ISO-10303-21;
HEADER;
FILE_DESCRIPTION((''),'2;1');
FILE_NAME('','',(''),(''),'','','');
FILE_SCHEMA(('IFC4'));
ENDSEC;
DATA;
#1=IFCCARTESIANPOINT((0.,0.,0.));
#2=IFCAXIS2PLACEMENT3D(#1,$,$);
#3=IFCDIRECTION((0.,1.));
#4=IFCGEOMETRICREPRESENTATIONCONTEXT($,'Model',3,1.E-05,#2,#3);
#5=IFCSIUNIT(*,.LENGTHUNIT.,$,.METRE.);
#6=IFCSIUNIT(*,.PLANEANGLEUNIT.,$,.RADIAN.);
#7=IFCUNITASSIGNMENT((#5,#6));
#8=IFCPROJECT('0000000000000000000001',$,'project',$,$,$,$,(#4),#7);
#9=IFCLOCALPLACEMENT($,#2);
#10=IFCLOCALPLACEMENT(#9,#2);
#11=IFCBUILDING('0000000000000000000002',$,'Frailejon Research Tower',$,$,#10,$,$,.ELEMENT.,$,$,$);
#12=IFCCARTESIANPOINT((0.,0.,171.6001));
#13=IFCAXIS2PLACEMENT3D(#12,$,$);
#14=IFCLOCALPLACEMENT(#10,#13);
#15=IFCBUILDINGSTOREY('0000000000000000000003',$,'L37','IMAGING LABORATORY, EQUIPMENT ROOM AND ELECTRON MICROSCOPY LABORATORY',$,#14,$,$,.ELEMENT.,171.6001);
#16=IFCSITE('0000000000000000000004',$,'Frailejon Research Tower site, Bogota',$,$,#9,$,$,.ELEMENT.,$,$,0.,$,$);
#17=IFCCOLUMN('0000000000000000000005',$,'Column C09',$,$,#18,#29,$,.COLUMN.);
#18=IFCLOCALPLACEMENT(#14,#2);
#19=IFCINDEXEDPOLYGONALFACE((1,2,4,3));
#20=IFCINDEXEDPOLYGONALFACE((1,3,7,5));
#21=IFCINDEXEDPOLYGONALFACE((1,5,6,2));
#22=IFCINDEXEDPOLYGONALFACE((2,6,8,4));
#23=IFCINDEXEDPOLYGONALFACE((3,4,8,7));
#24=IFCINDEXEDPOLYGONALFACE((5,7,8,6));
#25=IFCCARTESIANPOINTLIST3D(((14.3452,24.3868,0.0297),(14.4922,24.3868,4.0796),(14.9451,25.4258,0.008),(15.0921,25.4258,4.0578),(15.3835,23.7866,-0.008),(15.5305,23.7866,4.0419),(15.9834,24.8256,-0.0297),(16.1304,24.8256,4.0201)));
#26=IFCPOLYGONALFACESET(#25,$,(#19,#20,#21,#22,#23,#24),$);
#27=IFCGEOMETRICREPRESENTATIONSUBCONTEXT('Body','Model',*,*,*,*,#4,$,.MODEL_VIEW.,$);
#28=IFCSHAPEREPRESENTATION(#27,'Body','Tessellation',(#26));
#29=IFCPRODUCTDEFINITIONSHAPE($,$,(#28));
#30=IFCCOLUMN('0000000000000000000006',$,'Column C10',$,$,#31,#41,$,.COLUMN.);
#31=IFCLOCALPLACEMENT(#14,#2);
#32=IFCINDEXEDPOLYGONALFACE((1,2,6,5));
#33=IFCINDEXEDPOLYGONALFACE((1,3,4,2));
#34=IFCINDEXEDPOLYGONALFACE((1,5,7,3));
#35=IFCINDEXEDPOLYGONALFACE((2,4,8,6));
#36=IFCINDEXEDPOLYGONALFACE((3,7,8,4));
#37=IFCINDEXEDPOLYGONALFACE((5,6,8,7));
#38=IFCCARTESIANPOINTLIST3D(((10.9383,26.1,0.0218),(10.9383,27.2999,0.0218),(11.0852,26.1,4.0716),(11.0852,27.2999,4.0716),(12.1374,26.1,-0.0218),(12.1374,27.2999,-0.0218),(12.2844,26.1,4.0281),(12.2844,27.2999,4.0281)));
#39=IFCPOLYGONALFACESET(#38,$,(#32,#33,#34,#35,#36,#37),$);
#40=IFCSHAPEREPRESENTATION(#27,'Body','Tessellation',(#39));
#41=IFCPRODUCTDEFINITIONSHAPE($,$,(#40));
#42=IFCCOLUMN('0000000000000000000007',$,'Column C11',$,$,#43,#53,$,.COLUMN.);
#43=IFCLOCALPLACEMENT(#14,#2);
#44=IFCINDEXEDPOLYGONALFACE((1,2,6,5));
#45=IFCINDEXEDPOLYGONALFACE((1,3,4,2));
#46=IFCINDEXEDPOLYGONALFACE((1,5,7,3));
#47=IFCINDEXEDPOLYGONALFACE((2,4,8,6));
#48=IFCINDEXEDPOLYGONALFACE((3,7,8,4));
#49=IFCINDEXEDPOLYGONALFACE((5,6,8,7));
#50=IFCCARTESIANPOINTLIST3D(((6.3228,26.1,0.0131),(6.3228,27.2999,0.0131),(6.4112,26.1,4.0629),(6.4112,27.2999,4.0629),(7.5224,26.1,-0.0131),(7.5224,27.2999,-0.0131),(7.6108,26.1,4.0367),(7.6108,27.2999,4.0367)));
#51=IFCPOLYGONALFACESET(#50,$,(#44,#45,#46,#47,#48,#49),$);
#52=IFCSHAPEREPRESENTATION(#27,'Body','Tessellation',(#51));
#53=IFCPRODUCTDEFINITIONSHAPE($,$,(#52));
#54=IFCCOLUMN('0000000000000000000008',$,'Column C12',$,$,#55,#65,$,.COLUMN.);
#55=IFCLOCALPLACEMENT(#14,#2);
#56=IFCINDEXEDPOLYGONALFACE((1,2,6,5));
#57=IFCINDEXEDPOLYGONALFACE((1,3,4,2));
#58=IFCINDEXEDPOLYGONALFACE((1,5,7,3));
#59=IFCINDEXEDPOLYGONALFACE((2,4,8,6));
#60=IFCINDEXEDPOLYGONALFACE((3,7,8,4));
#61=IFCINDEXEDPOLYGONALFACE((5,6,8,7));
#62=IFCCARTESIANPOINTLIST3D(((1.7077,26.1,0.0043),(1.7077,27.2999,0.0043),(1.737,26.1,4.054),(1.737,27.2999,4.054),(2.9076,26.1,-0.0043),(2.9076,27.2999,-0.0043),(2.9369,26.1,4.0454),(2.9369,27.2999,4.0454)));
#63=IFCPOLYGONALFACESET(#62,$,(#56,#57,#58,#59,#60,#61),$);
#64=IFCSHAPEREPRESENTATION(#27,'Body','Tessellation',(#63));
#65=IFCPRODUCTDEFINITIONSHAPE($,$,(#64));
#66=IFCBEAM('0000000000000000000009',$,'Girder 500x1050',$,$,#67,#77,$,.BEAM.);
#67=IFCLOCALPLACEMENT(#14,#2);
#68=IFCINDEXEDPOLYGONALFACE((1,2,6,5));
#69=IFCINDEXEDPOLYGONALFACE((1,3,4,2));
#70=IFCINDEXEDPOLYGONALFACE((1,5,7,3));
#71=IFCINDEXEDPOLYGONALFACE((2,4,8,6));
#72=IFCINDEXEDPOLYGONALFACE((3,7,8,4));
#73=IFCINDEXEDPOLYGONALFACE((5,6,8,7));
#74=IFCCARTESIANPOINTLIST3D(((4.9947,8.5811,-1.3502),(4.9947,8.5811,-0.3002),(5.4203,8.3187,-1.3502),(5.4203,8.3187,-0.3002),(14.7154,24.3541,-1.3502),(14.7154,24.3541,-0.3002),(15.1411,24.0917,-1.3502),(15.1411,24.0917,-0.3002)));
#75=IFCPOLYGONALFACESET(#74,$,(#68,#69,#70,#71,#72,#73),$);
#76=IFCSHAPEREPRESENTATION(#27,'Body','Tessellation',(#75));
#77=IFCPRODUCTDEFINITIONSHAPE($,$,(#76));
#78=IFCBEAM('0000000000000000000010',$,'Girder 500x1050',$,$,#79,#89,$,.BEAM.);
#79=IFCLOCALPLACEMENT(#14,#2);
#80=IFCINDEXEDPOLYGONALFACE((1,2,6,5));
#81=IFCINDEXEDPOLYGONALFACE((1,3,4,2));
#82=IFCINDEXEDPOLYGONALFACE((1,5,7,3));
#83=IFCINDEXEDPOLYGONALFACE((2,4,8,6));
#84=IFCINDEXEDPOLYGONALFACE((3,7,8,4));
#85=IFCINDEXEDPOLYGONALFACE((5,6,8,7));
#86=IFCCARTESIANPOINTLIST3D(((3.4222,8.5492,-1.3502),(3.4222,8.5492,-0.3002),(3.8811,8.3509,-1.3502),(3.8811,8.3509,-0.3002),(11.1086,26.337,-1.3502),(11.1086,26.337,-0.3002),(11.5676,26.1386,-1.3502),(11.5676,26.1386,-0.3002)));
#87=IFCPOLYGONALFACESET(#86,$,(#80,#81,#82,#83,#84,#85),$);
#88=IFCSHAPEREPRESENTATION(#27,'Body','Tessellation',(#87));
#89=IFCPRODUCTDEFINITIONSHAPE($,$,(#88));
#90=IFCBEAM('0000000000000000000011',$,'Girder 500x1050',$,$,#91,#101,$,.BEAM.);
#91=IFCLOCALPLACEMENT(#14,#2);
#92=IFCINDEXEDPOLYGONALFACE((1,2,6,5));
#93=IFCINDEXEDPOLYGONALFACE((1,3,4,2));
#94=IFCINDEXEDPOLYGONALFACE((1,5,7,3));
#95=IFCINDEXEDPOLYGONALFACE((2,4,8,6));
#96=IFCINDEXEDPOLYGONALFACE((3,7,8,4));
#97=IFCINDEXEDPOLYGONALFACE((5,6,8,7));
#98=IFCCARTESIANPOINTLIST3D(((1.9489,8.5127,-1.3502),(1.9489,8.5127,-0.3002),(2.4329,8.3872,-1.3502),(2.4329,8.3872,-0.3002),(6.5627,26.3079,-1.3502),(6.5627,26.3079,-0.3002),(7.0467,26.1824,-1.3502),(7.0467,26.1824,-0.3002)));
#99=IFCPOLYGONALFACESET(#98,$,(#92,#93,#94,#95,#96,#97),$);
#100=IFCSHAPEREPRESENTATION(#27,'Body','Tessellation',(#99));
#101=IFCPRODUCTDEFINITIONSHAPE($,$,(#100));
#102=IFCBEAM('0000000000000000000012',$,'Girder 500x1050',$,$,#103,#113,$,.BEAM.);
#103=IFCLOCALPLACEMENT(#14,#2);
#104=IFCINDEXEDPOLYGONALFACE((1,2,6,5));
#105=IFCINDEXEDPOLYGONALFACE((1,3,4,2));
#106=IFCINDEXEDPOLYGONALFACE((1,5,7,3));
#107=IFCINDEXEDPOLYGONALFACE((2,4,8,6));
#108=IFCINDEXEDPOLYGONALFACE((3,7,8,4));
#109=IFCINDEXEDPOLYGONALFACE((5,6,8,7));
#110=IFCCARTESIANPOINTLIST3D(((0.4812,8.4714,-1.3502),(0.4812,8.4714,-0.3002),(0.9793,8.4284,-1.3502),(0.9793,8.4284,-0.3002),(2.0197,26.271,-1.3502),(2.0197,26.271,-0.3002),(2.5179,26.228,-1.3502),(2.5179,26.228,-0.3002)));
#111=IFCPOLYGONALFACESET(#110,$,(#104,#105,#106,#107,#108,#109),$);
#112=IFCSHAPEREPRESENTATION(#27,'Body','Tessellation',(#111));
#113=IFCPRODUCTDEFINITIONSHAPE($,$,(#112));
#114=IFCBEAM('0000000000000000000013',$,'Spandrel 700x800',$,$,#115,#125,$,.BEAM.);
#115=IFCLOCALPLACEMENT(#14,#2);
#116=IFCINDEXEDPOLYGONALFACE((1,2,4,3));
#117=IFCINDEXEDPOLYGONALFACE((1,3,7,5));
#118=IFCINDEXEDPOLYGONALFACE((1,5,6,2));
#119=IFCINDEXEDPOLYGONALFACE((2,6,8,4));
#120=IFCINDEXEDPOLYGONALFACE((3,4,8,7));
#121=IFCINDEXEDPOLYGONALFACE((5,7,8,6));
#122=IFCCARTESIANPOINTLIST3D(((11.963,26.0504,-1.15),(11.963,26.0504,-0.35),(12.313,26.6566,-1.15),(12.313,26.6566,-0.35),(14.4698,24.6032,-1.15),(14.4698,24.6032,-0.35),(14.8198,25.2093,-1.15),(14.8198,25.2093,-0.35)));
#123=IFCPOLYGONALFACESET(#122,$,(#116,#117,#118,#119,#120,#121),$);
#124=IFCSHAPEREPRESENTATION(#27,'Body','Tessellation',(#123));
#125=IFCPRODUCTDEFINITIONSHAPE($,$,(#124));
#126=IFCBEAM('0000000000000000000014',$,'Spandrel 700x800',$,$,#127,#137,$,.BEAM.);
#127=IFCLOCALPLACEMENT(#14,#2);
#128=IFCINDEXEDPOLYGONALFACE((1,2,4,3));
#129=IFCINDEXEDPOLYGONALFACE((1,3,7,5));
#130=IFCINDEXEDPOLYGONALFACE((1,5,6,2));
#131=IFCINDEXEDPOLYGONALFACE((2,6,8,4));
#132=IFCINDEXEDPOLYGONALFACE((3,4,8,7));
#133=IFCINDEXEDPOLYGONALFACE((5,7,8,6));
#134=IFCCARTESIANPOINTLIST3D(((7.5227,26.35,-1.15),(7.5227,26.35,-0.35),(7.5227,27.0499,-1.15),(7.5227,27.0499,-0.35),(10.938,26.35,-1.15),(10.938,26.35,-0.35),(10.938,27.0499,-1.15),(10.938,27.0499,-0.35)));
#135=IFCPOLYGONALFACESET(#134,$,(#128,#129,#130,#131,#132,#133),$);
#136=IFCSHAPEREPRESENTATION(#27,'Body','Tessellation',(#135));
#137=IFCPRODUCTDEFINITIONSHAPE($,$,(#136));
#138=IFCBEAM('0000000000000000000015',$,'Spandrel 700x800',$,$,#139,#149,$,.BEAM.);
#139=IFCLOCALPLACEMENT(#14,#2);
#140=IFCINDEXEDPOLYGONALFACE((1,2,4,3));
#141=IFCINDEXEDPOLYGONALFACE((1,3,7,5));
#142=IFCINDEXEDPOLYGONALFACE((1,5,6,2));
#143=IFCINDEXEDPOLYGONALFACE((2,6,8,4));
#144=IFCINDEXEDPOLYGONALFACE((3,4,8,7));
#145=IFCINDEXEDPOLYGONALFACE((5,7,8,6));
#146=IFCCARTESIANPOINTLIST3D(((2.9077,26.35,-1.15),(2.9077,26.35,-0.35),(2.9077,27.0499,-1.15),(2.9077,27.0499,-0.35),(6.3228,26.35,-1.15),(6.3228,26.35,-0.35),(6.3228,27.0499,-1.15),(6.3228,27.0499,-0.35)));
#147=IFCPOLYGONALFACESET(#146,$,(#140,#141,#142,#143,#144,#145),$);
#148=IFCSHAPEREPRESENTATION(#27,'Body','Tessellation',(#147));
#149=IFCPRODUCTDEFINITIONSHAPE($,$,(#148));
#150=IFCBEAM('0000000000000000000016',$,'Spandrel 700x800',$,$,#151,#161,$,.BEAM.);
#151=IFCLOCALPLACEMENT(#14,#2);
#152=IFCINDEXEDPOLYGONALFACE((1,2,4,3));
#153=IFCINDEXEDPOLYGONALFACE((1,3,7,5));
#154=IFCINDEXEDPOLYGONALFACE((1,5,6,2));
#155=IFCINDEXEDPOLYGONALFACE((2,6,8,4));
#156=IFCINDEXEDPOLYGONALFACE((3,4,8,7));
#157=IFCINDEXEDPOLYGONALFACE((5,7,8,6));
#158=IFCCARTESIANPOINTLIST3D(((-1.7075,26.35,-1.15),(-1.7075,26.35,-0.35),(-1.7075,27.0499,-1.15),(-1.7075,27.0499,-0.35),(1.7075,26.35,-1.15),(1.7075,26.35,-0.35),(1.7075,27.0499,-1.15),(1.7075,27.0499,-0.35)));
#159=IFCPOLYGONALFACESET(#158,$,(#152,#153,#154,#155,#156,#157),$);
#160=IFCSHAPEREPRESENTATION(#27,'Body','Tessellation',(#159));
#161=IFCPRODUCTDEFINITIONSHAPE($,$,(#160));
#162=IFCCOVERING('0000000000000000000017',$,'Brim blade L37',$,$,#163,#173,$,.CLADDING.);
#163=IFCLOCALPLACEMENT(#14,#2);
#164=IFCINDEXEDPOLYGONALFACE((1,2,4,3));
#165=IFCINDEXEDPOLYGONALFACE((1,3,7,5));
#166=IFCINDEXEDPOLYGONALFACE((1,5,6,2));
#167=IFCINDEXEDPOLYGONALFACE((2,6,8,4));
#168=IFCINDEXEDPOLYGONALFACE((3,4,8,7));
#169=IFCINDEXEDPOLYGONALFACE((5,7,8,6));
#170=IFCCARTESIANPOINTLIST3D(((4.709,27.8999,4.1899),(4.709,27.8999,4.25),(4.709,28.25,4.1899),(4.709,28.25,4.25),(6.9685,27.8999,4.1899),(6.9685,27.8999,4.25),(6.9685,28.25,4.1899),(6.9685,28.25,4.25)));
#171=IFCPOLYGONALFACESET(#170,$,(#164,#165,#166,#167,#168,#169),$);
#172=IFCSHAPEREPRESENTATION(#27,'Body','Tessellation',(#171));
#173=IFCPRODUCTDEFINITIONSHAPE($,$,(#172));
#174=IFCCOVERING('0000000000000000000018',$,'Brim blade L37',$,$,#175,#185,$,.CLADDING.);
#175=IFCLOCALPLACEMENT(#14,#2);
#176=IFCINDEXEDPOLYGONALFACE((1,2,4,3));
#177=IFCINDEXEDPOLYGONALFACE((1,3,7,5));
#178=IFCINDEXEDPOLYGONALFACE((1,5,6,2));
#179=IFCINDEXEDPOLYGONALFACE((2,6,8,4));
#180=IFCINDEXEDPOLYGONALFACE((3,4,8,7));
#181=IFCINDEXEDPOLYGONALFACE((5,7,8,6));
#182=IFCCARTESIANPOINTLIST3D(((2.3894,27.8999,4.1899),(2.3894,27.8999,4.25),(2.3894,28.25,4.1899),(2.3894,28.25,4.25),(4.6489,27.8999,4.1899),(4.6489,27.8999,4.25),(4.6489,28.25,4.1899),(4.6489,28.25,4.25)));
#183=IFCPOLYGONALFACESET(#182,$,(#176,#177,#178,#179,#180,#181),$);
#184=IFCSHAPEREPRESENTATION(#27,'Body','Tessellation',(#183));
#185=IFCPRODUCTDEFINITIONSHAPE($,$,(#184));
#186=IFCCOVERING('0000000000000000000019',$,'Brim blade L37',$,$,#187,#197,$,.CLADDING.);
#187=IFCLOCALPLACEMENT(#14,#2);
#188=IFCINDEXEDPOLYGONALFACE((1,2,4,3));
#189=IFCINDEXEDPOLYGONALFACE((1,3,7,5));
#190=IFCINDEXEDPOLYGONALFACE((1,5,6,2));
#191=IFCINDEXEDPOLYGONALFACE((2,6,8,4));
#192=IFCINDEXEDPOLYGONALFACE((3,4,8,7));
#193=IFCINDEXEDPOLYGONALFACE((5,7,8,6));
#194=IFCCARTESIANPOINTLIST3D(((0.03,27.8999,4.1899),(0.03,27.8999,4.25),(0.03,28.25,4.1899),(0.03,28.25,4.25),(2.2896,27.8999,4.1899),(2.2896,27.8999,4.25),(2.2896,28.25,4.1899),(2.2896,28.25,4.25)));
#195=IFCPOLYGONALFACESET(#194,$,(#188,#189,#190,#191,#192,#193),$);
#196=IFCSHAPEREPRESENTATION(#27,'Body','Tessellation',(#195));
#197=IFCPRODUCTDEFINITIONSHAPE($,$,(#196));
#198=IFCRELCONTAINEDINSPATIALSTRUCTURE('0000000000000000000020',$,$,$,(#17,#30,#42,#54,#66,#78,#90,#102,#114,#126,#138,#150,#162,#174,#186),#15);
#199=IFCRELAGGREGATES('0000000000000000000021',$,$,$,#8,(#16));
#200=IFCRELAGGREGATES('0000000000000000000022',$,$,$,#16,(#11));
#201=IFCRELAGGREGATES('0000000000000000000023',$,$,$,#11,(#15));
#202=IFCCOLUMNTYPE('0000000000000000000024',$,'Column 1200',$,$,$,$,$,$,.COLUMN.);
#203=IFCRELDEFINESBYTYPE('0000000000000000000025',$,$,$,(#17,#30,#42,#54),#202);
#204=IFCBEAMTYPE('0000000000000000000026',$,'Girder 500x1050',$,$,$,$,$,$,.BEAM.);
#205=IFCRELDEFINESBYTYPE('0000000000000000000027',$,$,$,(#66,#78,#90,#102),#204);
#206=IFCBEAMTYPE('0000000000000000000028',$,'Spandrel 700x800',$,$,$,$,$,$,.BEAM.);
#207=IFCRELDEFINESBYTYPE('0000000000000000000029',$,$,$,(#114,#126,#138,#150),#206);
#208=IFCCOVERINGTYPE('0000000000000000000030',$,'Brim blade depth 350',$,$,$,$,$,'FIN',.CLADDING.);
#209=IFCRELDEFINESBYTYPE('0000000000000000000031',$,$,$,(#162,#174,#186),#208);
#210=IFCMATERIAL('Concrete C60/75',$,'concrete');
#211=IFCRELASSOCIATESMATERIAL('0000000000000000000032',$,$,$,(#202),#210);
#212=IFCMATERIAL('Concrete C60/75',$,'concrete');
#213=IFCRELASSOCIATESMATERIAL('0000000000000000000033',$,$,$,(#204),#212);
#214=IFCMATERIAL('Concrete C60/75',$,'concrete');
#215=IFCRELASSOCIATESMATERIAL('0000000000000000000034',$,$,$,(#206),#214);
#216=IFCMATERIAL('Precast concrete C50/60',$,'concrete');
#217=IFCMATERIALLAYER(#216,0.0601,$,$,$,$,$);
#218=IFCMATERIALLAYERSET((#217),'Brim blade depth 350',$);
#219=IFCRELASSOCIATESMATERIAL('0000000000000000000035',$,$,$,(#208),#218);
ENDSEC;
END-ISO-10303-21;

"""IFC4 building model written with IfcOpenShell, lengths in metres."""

from ifc_helpers import new_model, si_unit, direction, frame, origin, origin_2d, place, context, subcontext, project, spatial, polyline, rectangle, outline, extrude, material, layer, layer_set, material_profile, profile_set, type_object, element, save


model = new_model("IFC4")

# Units and contexts
model_context = context("Model", 3, precision=1e-05, world=origin(), true_north=direction((0.0, 1.0)))
body_context = subcontext(model_context, "Body", "Model", "MODEL_VIEW")
ifc_project = project(units=[si_unit("LENGTHUNIT", "METRE"), si_unit("PLANEANGLEUNIT", "RADIAN")], contexts=[model_context])

# Site, building, storey
site_placement = place(None, origin())
site = spatial("IfcSite", under=ifc_project, at=site_placement, Name="Frailejon Research Tower site, Bogota", CompositionType="ELEMENT", RefElevation=0.0)
building_placement = place(site_placement, origin())
building = spatial("IfcBuilding", under=site, at=building_placement, Name="Frailejon Research Tower", CompositionType="ELEMENT")
storey_placement = place(building_placement, frame((0.0, 0.0, 171.6001)))
storey = spatial("IfcBuildingStorey", under=building, at=storey_placement, Name="L37", Description="IMAGING LABORATORY, EQUIPMENT ROOM AND ELECTRON MICROSCOPY LABORATORY", CompositionType="ELEMENT", Elevation=171.6001)

# Columns
ifc_material_1 = material(Name="Concrete C60/75", Category="concrete")
ifc_material_profile_1 = material_profile(ifc_material_1, rectangle(XDim=1.2, YDim=1.2, at=origin_2d()), Name="Column 1200")
ifc_profile_set_1 = profile_set([ifc_material_profile_1], Name="Concrete C60/75")
column_type = type_object("IfcColumnType", Name="Column 1200", PredefinedType="COLUMN", material=ifc_profile_set_1)
for number, where, z_axis, x_axis, name in (
    (1, (15.1643, 24.6062, 0.0), (0.036267, 0.0, 0.999342), (-0.865313, 0.500246, 0.031403), "Column C09"),
    (2, (11.5378, 26.7, 0.0), (0.036267, 0.0, 0.999342), (-0.999342, 0.0, 0.036267), "Column C10"),
):
    element("IfcColumn", number, at=place(storey_placement, frame(where, z_axis=z_axis, x_axis=x_axis)), inside=storey, type_object=column_type, Name=name, PredefinedType="COLUMN", context=body_context, shape_type="SweptSolid", body=[
        extrude(rectangle(XDim=1.2, YDim=1.2, at=origin_2d()), origin(), (0.0, 0.0, 1.0), 4.0525),
    ])
column_1_placement = place(storey_placement, frame((6.9226, 26.7, 0.0), z_axis=(0.021818, 0.0, 0.999762), x_axis=(-0.999762, 0.0, 0.021818)))
element("IfcColumn", 3, at=column_1_placement, inside=storey, type_object=column_type, Name="Column C11", PredefinedType="COLUMN", context=body_context, shape_type="SweptSolid", body=[
    extrude(rectangle(XDim=1.2, YDim=1.2, at=origin_2d()), origin(), (0.0, 0.0, 1.0), 4.0508),
])
column_2_placement = place(storey_placement, frame((2.3076, 26.7, 0.0), z_axis=(0.007234, 0.0, 0.999974), x_axis=(-0.999974, 0.0, 0.007234)))
element("IfcColumn", 4, at=column_2_placement, inside=storey, type_object=column_type, Name="Column C12", PredefinedType="COLUMN", context=body_context, shape_type="SweptSolid", body=[
    extrude(rectangle(XDim=1.2, YDim=1.2, at=origin_2d()), origin(), (0.0, 0.0, 1.0), 4.0498),
])

# Beams
ifc_material_2 = material(Name="Concrete C60/75", Category="concrete")
ifc_material_profile_2 = material_profile(ifc_material_2, rectangle(XDim=0.5, YDim=1.05, at=origin_2d()), Name="Girder 500x1050")
ifc_profile_set_2 = profile_set([ifc_material_profile_2], Name="Concrete C60/75")
beam_type_1 = type_object("IfcBeamType", Name="Girder 500x1050", PredefinedType="BEAM", material=ifc_profile_set_2)
beam_1_placement = place(storey_placement, frame((14.9282, 24.2229, -0.8252), z_axis=(-0.524656, -0.851314, 0.0), x_axis=(0.851314, -0.524656, 0.0)))
element("IfcBeam", 5, at=beam_1_placement, inside=storey, type_object=beam_type_1, Name="Girder 500x1050", PredefinedType="BEAM", context=body_context, shape_type="SweptSolid", body=[
    extrude(rectangle(XDim=0.5, YDim=1.05, at=origin_2d()), origin(), (0.0, 0.0, 1.0), 18.5278),
])
beam_2_placement = place(storey_placement, frame((11.3381, 26.2378, -0.8252), z_axis=(-0.396671, -0.917961, 0.0), x_axis=(0.917961, -0.396671, 0.0)))
element("IfcBeam", 6, at=beam_2_placement, inside=storey, type_object=beam_type_1, Name="Girder 500x1050", PredefinedType="BEAM", context=body_context, shape_type="SweptSolid", body=[
    extrude(rectangle(XDim=0.5, YDim=1.05, at=origin_2d()), origin(), (0.0, 0.0, 1.0), 19.3774),
])
beam_3_placement = place(storey_placement, frame((6.8047, 26.2451, -0.8252), z_axis=(-0.250973, -0.967994, 0.0), x_axis=(0.967994, -0.250973, 0.0)))
element("IfcBeam", 7, at=beam_3_placement, inside=storey, type_object=beam_type_1, Name="Girder 500x1050", PredefinedType="BEAM", context=body_context, shape_type="SweptSolid", body=[
    extrude(rectangle(XDim=0.5, YDim=1.05, at=origin_2d()), origin(), (0.0, 0.0, 1.0), 18.3835),
])
beam_4_placement = place(storey_placement, frame((2.2688, 26.2495, -0.8252), z_axis=(-0.086118, -0.996285, 0.0), x_axis=(0.996285, -0.086118, 0.0)))
element("IfcBeam", 8, at=beam_4_placement, inside=storey, type_object=beam_type_1, Name="Girder 500x1050", PredefinedType="BEAM", context=body_context, shape_type="SweptSolid", body=[
    extrude(rectangle(XDim=0.5, YDim=1.05, at=origin_2d()), origin(), (0.0, 0.0, 1.0), 17.866),
])
ifc_material_3 = material(Name="Concrete C60/75", Category="concrete")
ifc_material_profile_3 = material_profile(ifc_material_3, rectangle(XDim=0.7, YDim=0.8, at=origin_2d()), Name="Spandrel 700x800")
ifc_profile_set_3 = profile_set([ifc_material_profile_3], Name="Concrete C60/75")
beam_type_2 = type_object("IfcBeamType", Name="Spandrel 700x800", PredefinedType="BEAM", material=ifc_profile_set_3)
beam_5_placement = place(storey_placement, frame((14.6448, 24.9062, -0.75), z_axis=(-0.866034, 0.499985, 0.0), x_axis=(-0.499985, -0.866034, 0.0)))
element("IfcBeam", 9, at=beam_5_placement, inside=storey, type_object=beam_type_2, Name="Spandrel 700x800", PredefinedType="BEAM", context=body_context, shape_type="SweptSolid", body=[
    extrude(rectangle(XDim=0.7, YDim=0.8, at=origin_2d()), origin(), (0.0, 0.0, 1.0), 2.8945),
])
beam_6_placement = place(storey_placement, frame((10.938, 26.7, -0.75), z_axis=(-1.0, 0.0, 0.0), x_axis=(0.0, -1.0, 0.0)))
element("IfcBeam", 10, at=beam_6_placement, inside=storey, type_object=beam_type_2, Name="Spandrel 700x800", PredefinedType="BEAM", context=body_context, shape_type="SweptSolid", body=[
    extrude(rectangle(XDim=0.7, YDim=0.8, at=origin_2d()), origin(), (0.0, 0.0, 1.0), 3.4153),
])
for number, where, z_axis, x_axis, name in (
    (11, (6.3228, 26.7, -0.75), (-1.0, 0.0, 0.0), (0.0, -1.0, 0.0), "Spandrel 700x800"),
    (12, (1.7075, 26.7, -0.75), (-1.0, 0.0, 0.0), (0.0, -1.0, 0.0), "Spandrel 700x800"),
):
    element("IfcBeam", number, at=place(storey_placement, frame(where, z_axis=z_axis, x_axis=x_axis)), inside=storey, type_object=beam_type_2, Name=name, PredefinedType="BEAM", context=body_context, shape_type="SweptSolid", body=[
        extrude(rectangle(XDim=0.7, YDim=0.8, at=origin_2d()), origin(), (0.0, 0.0, 1.0), 3.415),
    ])

# Coverings
ifc_material_4 = material(Name="Precast concrete C50/60", Category="concrete")
ifc_layer_1 = layer(ifc_material_4, 0.0601)
ifc_layer_set_1 = layer_set([ifc_layer_1], Name="Brim blade depth 350")
covering_type_1 = type_object("IfcCoveringType", Name="Brim blade depth 350", ElementType="FIN", PredefinedType="CLADDING", material=ifc_layer_set_1)
for number, where, z_axis, x_axis, name in (
    (13, (4.709, 27.8999, 4.25), (1.0, 0.0, 0.0), (0.0, 1.0, 0.0), "Brim blade L37"),
    (14, (2.3894, 27.8999, 4.25), (1.0, 0.0, 0.0), (0.0, 1.0, 0.0), "Brim blade L37"),
    (15, (0.03, 27.8999, 4.25), (1.0, 0.0, 0.0), (0.0, 1.0, 0.0), "Brim blade L37"),
):
    element("IfcCovering", number, at=place(storey_placement, frame(where, z_axis=z_axis, x_axis=x_axis)), inside=storey, type_object=covering_type_1, Name=name, PredefinedType="CLADDING", context=body_context, shape_type="SweptSolid", body=[
        extrude(outline(polyline([(0.0, -0.0601), (0.3501, -0.0601), (0.3501, 0.0), (0.0, 0.0), (0.0, -0.0601)])), origin(), (0.0, 0.0, 1.0), 2.2595),
    ])

save(model, "model.ifc")
